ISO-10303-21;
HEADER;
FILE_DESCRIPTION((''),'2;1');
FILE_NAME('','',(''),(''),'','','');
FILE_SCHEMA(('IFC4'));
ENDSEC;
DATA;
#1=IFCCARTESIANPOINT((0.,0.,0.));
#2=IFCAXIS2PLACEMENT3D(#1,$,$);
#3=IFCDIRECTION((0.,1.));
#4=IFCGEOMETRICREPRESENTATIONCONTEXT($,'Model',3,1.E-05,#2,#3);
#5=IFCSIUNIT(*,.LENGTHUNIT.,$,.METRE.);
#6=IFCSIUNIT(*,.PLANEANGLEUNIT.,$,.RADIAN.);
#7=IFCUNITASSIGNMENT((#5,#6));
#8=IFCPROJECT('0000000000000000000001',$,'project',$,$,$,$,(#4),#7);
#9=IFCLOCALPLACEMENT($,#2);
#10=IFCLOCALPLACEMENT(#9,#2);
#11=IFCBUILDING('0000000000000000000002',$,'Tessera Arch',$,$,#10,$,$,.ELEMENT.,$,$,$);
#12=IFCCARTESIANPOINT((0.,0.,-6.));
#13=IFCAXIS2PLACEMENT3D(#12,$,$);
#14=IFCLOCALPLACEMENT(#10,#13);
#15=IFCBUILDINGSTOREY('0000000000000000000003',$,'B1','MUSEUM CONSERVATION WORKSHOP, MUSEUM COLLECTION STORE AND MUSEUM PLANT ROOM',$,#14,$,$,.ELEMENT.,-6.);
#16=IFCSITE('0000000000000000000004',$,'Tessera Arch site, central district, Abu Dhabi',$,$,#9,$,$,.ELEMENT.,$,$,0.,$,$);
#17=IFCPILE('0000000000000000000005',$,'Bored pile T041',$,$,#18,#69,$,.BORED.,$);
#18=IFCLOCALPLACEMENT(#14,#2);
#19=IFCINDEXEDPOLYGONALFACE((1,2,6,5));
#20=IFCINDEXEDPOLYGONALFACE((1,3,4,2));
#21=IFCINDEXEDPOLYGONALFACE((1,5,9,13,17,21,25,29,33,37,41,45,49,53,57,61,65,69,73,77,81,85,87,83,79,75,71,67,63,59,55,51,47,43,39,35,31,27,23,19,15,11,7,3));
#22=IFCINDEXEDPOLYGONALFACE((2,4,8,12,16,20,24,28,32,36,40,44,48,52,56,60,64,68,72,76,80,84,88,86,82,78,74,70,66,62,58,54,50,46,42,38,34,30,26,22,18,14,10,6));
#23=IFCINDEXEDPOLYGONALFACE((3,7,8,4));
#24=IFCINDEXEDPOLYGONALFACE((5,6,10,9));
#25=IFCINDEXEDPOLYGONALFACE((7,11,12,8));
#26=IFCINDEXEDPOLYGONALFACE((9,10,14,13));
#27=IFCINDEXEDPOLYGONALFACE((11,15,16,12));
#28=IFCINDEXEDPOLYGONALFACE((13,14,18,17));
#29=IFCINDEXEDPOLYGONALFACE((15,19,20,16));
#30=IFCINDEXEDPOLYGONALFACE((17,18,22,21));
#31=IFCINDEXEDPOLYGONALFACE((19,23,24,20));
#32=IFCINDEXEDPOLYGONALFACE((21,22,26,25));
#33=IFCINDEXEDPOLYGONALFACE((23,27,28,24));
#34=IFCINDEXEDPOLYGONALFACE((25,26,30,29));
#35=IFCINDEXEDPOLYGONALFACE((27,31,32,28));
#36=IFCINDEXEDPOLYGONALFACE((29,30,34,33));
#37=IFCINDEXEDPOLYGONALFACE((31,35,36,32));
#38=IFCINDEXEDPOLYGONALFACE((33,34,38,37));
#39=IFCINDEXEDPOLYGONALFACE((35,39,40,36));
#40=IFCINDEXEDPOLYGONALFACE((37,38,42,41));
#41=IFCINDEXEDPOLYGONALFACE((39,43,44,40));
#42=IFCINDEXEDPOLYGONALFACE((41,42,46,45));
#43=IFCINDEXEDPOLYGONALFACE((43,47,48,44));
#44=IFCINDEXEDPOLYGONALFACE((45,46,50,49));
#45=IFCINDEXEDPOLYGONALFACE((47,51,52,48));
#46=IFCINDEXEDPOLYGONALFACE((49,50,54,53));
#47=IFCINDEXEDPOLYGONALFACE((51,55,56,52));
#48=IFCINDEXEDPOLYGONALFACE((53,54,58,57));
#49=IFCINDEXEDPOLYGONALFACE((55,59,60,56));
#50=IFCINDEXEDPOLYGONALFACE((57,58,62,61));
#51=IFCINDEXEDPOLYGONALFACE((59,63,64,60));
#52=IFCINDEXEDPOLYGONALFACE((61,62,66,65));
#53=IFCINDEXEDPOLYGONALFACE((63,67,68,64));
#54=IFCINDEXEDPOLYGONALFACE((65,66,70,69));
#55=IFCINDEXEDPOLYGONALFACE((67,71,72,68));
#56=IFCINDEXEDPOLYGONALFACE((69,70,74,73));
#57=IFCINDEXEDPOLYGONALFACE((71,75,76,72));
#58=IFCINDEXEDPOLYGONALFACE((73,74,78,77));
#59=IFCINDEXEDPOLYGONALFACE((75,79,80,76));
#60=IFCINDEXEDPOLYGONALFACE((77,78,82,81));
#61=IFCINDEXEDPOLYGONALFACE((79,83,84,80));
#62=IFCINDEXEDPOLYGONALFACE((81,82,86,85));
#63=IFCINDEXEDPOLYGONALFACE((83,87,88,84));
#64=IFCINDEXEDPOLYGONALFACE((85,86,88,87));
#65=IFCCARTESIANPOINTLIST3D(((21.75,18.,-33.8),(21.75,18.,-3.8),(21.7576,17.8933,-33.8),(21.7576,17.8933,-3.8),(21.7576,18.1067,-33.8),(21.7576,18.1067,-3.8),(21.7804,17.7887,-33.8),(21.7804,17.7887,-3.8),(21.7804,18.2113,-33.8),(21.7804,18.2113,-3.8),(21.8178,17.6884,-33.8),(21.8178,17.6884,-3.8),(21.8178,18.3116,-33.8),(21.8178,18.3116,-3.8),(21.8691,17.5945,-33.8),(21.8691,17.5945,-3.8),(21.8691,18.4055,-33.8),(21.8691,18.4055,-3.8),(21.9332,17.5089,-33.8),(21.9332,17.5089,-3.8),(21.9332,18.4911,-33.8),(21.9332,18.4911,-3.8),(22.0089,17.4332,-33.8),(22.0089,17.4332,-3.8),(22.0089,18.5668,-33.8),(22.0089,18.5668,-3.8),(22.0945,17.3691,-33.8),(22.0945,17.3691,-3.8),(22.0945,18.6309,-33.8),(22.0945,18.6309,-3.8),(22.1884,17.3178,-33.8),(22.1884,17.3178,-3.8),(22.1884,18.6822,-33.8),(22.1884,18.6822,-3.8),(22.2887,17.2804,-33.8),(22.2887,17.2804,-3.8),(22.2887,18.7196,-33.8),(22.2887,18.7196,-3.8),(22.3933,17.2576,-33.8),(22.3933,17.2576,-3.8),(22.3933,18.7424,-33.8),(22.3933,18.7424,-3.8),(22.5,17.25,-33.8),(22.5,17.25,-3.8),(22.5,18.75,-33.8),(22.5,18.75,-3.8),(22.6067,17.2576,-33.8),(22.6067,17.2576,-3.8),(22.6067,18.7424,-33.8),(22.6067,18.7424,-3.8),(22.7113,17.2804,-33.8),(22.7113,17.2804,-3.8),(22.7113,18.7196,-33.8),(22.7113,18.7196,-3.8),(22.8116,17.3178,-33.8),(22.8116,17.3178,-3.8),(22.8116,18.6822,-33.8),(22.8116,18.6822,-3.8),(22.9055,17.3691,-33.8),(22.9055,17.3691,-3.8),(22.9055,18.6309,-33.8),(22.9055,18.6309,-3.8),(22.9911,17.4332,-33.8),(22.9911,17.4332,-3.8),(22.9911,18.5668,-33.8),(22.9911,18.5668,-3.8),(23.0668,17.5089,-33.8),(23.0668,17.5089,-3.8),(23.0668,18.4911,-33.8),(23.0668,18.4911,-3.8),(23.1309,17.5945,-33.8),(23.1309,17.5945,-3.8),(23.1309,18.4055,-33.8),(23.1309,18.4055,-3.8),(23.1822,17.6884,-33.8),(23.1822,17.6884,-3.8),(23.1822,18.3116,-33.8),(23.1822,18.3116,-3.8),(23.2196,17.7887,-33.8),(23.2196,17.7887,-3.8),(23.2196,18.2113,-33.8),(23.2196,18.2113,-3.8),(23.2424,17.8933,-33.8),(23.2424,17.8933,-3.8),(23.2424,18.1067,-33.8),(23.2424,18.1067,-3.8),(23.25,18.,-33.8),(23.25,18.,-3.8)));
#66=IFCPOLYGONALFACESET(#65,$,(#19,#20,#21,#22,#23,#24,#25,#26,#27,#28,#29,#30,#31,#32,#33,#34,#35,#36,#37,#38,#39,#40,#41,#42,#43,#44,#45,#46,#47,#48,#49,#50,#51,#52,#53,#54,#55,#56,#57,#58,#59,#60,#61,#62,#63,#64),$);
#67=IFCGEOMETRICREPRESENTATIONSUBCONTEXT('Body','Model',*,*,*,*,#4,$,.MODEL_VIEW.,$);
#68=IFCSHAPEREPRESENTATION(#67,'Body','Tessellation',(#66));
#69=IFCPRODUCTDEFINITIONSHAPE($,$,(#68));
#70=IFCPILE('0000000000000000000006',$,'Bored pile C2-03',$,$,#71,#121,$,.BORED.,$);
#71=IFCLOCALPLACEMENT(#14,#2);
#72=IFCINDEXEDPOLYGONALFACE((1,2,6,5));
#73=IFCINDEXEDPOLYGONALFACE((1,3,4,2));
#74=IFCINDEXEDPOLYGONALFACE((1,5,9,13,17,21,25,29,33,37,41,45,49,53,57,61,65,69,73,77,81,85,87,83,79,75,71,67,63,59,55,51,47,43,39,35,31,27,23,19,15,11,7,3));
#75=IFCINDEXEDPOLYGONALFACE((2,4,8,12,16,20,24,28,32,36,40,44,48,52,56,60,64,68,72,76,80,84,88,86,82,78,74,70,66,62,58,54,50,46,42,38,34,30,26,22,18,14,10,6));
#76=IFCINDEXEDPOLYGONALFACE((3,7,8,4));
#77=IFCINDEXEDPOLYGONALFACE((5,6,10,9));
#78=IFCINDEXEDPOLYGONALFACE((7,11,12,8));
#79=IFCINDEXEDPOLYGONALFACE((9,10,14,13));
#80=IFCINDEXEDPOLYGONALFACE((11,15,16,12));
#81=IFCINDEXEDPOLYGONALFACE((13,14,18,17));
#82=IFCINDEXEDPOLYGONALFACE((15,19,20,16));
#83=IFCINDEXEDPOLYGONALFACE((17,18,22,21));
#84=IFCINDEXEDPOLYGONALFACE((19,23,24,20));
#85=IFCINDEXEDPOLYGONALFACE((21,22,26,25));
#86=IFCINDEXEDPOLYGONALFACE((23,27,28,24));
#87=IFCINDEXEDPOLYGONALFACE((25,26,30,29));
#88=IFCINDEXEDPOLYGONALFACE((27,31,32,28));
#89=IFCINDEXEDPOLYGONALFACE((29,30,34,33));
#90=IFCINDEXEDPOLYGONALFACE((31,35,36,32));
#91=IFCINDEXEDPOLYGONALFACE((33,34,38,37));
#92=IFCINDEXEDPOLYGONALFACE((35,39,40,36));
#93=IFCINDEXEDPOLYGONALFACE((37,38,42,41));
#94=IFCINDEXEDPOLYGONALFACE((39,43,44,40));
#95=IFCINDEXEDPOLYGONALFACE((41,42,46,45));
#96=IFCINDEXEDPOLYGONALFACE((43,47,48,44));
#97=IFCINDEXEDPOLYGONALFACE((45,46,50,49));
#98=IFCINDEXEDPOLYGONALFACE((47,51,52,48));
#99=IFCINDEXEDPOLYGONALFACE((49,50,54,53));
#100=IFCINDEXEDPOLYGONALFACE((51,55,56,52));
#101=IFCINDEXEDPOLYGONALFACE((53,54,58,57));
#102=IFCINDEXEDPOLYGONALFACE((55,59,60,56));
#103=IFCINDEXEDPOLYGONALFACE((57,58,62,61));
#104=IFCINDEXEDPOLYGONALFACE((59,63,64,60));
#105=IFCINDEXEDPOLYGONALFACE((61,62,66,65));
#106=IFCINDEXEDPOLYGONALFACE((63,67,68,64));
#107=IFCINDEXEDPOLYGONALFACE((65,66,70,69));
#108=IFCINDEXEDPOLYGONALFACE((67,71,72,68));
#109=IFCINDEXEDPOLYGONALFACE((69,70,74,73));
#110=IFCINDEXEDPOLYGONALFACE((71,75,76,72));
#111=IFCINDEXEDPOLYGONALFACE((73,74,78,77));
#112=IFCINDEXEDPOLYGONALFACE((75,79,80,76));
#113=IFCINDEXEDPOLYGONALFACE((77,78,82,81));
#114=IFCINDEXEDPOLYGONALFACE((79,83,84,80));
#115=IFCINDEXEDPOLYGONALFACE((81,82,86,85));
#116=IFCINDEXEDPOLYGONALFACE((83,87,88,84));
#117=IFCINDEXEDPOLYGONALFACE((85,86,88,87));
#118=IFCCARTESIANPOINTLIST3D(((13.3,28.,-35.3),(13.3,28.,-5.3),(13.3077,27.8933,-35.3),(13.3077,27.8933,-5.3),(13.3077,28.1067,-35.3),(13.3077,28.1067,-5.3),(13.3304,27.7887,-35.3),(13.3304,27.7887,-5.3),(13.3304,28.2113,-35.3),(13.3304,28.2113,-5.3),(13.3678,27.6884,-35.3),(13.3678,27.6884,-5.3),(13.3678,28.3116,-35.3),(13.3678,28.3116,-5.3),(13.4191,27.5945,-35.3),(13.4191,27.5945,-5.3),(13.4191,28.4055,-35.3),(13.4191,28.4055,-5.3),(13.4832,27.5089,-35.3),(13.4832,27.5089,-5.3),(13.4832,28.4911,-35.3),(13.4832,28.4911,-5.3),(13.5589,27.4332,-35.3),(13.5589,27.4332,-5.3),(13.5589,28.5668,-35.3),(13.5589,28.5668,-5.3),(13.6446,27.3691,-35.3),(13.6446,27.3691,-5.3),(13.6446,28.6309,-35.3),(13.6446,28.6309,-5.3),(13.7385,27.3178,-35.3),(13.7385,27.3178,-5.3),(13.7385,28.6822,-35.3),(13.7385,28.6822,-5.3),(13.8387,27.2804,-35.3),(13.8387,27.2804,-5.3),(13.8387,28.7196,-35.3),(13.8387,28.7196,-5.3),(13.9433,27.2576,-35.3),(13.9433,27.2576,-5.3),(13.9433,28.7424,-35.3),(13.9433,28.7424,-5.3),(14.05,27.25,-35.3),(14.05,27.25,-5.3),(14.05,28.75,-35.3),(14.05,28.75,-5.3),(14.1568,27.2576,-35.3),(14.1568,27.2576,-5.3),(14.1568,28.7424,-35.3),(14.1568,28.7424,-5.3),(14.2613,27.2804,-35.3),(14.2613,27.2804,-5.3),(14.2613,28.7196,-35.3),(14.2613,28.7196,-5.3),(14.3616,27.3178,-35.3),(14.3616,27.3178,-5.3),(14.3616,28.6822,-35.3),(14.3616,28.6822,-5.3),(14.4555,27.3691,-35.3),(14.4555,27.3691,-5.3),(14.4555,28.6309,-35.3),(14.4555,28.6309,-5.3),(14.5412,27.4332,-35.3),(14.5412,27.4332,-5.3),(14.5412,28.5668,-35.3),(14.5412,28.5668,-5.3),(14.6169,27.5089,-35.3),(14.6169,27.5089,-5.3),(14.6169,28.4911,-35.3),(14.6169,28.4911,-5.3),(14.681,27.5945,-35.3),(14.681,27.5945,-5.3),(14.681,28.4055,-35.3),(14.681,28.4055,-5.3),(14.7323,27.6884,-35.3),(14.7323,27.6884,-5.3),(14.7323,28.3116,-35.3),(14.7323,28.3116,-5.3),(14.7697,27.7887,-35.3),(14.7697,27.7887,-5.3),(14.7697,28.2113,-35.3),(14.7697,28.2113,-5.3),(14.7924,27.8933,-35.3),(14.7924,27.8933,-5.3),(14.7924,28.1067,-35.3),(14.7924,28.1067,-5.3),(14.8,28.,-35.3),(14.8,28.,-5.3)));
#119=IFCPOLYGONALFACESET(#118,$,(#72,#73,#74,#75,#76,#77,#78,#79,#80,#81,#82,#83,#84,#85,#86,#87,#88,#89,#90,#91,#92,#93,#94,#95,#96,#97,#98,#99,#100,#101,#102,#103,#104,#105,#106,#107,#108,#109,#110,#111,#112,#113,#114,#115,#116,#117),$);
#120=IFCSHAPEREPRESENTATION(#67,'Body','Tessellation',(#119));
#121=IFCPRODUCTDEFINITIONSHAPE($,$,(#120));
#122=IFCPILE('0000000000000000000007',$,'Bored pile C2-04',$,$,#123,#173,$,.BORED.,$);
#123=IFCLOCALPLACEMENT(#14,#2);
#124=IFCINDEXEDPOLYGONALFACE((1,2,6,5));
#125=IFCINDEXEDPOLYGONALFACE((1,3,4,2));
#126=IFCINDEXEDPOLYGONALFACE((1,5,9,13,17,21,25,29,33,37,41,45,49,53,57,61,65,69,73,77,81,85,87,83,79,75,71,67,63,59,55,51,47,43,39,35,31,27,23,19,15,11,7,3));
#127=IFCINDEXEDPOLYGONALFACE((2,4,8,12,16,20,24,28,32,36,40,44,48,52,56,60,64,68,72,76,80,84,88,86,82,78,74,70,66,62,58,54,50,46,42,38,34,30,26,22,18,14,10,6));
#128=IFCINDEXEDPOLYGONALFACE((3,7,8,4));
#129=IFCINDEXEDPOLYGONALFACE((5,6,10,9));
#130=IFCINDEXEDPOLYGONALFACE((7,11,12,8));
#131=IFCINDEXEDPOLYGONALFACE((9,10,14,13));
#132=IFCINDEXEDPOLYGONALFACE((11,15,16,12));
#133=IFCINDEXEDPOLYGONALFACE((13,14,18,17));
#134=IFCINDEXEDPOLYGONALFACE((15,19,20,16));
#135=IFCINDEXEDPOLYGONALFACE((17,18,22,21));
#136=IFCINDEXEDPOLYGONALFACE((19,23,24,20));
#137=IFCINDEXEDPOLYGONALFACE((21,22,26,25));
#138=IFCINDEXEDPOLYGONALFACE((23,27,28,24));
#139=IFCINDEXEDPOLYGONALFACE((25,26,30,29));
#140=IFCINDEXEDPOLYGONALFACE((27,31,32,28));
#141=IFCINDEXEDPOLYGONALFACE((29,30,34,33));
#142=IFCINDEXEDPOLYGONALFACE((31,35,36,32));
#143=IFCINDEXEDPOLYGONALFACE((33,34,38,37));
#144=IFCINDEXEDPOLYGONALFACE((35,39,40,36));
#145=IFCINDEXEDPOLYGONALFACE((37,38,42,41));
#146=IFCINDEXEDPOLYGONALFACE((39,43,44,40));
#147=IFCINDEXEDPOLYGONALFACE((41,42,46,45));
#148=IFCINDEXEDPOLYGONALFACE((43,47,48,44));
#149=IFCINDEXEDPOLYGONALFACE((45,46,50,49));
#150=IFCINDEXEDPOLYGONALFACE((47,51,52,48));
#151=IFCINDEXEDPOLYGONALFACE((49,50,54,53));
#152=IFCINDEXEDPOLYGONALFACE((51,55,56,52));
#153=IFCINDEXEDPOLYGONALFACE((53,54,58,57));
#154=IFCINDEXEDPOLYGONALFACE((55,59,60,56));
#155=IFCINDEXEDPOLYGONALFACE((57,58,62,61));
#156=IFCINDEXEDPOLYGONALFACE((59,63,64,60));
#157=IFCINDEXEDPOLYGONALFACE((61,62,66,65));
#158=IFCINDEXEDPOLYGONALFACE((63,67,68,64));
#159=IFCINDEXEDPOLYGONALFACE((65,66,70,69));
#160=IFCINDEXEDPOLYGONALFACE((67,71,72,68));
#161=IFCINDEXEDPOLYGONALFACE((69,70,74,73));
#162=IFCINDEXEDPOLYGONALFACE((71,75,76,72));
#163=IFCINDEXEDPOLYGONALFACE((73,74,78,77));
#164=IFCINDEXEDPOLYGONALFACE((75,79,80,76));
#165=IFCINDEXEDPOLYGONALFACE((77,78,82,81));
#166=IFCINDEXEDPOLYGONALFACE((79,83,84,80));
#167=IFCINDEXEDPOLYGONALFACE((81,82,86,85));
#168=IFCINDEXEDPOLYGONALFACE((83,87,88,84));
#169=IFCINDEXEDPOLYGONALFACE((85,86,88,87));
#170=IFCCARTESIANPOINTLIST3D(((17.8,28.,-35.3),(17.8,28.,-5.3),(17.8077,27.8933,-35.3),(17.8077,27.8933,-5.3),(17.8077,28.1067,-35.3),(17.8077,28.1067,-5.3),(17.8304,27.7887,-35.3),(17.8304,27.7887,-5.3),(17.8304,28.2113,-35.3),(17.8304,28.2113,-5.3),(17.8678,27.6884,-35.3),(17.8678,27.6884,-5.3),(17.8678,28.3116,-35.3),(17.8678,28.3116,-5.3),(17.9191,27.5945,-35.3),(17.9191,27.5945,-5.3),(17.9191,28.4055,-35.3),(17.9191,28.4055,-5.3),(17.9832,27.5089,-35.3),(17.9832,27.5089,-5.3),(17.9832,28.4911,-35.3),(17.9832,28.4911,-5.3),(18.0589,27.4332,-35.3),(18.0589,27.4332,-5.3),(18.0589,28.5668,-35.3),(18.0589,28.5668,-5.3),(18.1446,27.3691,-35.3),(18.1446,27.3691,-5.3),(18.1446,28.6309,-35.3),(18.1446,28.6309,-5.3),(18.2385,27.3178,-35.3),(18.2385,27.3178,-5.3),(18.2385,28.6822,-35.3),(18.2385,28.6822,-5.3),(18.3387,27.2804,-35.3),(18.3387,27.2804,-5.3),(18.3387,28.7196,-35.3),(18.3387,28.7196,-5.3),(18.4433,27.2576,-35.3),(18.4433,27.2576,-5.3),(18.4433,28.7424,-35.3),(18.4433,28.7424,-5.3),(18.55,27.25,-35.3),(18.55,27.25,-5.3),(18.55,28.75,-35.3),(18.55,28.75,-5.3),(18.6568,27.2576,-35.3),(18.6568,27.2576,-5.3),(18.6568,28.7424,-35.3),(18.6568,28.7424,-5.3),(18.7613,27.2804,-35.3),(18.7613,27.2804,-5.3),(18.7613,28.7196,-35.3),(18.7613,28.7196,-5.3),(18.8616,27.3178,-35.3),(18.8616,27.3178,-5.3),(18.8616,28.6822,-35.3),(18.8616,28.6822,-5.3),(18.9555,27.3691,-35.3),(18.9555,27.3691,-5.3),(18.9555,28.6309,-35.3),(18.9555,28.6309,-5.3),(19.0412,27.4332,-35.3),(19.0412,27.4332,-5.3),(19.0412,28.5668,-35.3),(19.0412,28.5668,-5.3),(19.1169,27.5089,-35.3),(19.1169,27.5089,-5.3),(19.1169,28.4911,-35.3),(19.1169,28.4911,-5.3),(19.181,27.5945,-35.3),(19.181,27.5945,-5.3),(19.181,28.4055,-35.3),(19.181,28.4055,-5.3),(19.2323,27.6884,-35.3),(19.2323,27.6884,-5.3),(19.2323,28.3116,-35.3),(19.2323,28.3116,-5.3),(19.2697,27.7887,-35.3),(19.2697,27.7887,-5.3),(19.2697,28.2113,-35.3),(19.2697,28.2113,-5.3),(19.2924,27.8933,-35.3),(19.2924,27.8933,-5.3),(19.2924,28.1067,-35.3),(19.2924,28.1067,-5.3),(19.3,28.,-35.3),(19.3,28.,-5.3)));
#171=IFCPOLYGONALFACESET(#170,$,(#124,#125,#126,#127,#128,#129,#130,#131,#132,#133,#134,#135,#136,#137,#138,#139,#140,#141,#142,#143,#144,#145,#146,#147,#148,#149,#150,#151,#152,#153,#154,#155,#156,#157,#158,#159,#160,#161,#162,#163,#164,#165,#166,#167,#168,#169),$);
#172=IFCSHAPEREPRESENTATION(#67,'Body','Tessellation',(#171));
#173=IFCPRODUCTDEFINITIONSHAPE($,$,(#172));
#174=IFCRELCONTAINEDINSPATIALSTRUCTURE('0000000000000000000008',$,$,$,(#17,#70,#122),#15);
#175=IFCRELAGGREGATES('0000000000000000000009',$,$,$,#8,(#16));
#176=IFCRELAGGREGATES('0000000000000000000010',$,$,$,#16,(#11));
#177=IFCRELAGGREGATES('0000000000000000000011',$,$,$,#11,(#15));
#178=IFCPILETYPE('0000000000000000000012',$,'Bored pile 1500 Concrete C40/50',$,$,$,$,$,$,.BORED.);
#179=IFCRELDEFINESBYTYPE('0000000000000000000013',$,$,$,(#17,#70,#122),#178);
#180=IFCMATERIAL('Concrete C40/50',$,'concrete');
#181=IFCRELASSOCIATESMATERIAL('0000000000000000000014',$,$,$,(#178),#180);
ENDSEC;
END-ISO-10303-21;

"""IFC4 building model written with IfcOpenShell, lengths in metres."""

from ifc_helpers import new_model, si_unit, direction, frame, origin, origin_2d, place, context, subcontext, project, spatial, circle, extrude, material, type_object, element, save


model = new_model("IFC4")

# Units and contexts
model_context = context("Model", 3, precision=1e-05, world=origin(), true_north=direction((0.0, 1.0)))
body_context = subcontext(model_context, "Body", "Model", "MODEL_VIEW")
ifc_project = project(units=[si_unit("LENGTHUNIT", "METRE"), si_unit("PLANEANGLEUNIT", "RADIAN")], contexts=[model_context])

# Site, building, storey
site_placement = place(None, origin())
site = spatial("IfcSite", under=ifc_project, at=site_placement, Name="Tessera Arch site, central district, Abu Dhabi", CompositionType="ELEMENT", RefElevation=0.0)
building_placement = place(site_placement, origin())
building = spatial("IfcBuilding", under=site, at=building_placement, Name="Tessera Arch", CompositionType="ELEMENT")
storey_placement = place(building_placement, frame((0.0, 0.0, -6.0)))
storey = spatial("IfcBuildingStorey", under=building, at=storey_placement, Name="B1", Description="MUSEUM CONSERVATION WORKSHOP, MUSEUM COLLECTION STORE AND MUSEUM PLANT ROOM", CompositionType="ELEMENT", Elevation=-6.0)

# Piles
ifc_material_1 = material(Name="Concrete C40/50", Category="concrete")
pile_type = type_object("IfcPileType", Name="Bored pile 1500 Concrete C40/50", PredefinedType="BORED", material=ifc_material_1)
for number, where, z_axis, x_axis, name in (
    (1, (22.5, 18.0, -3.8), (0.0, 0.0, -1.0), (1.0, 0.0, 0.0), "Bored pile T041"),
    (2, (14.05, 28.0, -5.3), (0.0, 0.0, -1.0), (1.0, 0.0, 0.0), "Bored pile C2-03"),
    (3, (18.55, 28.0, -5.3), (0.0, 0.0, -1.0), (1.0, 0.0, 0.0), "Bored pile C2-04"),
):
    element("IfcPile", number, at=place(storey_placement, frame(where, z_axis=z_axis, x_axis=x_axis)), inside=storey, type_object=pile_type, Name=name, PredefinedType="BORED", context=body_context, shape_type="SweptSolid", body=[
        extrude(circle(Radius=0.75, at=origin_2d()), origin(), (0.0, 0.0, 1.0), 30.0),
    ])

save(model, "model.ifc")
